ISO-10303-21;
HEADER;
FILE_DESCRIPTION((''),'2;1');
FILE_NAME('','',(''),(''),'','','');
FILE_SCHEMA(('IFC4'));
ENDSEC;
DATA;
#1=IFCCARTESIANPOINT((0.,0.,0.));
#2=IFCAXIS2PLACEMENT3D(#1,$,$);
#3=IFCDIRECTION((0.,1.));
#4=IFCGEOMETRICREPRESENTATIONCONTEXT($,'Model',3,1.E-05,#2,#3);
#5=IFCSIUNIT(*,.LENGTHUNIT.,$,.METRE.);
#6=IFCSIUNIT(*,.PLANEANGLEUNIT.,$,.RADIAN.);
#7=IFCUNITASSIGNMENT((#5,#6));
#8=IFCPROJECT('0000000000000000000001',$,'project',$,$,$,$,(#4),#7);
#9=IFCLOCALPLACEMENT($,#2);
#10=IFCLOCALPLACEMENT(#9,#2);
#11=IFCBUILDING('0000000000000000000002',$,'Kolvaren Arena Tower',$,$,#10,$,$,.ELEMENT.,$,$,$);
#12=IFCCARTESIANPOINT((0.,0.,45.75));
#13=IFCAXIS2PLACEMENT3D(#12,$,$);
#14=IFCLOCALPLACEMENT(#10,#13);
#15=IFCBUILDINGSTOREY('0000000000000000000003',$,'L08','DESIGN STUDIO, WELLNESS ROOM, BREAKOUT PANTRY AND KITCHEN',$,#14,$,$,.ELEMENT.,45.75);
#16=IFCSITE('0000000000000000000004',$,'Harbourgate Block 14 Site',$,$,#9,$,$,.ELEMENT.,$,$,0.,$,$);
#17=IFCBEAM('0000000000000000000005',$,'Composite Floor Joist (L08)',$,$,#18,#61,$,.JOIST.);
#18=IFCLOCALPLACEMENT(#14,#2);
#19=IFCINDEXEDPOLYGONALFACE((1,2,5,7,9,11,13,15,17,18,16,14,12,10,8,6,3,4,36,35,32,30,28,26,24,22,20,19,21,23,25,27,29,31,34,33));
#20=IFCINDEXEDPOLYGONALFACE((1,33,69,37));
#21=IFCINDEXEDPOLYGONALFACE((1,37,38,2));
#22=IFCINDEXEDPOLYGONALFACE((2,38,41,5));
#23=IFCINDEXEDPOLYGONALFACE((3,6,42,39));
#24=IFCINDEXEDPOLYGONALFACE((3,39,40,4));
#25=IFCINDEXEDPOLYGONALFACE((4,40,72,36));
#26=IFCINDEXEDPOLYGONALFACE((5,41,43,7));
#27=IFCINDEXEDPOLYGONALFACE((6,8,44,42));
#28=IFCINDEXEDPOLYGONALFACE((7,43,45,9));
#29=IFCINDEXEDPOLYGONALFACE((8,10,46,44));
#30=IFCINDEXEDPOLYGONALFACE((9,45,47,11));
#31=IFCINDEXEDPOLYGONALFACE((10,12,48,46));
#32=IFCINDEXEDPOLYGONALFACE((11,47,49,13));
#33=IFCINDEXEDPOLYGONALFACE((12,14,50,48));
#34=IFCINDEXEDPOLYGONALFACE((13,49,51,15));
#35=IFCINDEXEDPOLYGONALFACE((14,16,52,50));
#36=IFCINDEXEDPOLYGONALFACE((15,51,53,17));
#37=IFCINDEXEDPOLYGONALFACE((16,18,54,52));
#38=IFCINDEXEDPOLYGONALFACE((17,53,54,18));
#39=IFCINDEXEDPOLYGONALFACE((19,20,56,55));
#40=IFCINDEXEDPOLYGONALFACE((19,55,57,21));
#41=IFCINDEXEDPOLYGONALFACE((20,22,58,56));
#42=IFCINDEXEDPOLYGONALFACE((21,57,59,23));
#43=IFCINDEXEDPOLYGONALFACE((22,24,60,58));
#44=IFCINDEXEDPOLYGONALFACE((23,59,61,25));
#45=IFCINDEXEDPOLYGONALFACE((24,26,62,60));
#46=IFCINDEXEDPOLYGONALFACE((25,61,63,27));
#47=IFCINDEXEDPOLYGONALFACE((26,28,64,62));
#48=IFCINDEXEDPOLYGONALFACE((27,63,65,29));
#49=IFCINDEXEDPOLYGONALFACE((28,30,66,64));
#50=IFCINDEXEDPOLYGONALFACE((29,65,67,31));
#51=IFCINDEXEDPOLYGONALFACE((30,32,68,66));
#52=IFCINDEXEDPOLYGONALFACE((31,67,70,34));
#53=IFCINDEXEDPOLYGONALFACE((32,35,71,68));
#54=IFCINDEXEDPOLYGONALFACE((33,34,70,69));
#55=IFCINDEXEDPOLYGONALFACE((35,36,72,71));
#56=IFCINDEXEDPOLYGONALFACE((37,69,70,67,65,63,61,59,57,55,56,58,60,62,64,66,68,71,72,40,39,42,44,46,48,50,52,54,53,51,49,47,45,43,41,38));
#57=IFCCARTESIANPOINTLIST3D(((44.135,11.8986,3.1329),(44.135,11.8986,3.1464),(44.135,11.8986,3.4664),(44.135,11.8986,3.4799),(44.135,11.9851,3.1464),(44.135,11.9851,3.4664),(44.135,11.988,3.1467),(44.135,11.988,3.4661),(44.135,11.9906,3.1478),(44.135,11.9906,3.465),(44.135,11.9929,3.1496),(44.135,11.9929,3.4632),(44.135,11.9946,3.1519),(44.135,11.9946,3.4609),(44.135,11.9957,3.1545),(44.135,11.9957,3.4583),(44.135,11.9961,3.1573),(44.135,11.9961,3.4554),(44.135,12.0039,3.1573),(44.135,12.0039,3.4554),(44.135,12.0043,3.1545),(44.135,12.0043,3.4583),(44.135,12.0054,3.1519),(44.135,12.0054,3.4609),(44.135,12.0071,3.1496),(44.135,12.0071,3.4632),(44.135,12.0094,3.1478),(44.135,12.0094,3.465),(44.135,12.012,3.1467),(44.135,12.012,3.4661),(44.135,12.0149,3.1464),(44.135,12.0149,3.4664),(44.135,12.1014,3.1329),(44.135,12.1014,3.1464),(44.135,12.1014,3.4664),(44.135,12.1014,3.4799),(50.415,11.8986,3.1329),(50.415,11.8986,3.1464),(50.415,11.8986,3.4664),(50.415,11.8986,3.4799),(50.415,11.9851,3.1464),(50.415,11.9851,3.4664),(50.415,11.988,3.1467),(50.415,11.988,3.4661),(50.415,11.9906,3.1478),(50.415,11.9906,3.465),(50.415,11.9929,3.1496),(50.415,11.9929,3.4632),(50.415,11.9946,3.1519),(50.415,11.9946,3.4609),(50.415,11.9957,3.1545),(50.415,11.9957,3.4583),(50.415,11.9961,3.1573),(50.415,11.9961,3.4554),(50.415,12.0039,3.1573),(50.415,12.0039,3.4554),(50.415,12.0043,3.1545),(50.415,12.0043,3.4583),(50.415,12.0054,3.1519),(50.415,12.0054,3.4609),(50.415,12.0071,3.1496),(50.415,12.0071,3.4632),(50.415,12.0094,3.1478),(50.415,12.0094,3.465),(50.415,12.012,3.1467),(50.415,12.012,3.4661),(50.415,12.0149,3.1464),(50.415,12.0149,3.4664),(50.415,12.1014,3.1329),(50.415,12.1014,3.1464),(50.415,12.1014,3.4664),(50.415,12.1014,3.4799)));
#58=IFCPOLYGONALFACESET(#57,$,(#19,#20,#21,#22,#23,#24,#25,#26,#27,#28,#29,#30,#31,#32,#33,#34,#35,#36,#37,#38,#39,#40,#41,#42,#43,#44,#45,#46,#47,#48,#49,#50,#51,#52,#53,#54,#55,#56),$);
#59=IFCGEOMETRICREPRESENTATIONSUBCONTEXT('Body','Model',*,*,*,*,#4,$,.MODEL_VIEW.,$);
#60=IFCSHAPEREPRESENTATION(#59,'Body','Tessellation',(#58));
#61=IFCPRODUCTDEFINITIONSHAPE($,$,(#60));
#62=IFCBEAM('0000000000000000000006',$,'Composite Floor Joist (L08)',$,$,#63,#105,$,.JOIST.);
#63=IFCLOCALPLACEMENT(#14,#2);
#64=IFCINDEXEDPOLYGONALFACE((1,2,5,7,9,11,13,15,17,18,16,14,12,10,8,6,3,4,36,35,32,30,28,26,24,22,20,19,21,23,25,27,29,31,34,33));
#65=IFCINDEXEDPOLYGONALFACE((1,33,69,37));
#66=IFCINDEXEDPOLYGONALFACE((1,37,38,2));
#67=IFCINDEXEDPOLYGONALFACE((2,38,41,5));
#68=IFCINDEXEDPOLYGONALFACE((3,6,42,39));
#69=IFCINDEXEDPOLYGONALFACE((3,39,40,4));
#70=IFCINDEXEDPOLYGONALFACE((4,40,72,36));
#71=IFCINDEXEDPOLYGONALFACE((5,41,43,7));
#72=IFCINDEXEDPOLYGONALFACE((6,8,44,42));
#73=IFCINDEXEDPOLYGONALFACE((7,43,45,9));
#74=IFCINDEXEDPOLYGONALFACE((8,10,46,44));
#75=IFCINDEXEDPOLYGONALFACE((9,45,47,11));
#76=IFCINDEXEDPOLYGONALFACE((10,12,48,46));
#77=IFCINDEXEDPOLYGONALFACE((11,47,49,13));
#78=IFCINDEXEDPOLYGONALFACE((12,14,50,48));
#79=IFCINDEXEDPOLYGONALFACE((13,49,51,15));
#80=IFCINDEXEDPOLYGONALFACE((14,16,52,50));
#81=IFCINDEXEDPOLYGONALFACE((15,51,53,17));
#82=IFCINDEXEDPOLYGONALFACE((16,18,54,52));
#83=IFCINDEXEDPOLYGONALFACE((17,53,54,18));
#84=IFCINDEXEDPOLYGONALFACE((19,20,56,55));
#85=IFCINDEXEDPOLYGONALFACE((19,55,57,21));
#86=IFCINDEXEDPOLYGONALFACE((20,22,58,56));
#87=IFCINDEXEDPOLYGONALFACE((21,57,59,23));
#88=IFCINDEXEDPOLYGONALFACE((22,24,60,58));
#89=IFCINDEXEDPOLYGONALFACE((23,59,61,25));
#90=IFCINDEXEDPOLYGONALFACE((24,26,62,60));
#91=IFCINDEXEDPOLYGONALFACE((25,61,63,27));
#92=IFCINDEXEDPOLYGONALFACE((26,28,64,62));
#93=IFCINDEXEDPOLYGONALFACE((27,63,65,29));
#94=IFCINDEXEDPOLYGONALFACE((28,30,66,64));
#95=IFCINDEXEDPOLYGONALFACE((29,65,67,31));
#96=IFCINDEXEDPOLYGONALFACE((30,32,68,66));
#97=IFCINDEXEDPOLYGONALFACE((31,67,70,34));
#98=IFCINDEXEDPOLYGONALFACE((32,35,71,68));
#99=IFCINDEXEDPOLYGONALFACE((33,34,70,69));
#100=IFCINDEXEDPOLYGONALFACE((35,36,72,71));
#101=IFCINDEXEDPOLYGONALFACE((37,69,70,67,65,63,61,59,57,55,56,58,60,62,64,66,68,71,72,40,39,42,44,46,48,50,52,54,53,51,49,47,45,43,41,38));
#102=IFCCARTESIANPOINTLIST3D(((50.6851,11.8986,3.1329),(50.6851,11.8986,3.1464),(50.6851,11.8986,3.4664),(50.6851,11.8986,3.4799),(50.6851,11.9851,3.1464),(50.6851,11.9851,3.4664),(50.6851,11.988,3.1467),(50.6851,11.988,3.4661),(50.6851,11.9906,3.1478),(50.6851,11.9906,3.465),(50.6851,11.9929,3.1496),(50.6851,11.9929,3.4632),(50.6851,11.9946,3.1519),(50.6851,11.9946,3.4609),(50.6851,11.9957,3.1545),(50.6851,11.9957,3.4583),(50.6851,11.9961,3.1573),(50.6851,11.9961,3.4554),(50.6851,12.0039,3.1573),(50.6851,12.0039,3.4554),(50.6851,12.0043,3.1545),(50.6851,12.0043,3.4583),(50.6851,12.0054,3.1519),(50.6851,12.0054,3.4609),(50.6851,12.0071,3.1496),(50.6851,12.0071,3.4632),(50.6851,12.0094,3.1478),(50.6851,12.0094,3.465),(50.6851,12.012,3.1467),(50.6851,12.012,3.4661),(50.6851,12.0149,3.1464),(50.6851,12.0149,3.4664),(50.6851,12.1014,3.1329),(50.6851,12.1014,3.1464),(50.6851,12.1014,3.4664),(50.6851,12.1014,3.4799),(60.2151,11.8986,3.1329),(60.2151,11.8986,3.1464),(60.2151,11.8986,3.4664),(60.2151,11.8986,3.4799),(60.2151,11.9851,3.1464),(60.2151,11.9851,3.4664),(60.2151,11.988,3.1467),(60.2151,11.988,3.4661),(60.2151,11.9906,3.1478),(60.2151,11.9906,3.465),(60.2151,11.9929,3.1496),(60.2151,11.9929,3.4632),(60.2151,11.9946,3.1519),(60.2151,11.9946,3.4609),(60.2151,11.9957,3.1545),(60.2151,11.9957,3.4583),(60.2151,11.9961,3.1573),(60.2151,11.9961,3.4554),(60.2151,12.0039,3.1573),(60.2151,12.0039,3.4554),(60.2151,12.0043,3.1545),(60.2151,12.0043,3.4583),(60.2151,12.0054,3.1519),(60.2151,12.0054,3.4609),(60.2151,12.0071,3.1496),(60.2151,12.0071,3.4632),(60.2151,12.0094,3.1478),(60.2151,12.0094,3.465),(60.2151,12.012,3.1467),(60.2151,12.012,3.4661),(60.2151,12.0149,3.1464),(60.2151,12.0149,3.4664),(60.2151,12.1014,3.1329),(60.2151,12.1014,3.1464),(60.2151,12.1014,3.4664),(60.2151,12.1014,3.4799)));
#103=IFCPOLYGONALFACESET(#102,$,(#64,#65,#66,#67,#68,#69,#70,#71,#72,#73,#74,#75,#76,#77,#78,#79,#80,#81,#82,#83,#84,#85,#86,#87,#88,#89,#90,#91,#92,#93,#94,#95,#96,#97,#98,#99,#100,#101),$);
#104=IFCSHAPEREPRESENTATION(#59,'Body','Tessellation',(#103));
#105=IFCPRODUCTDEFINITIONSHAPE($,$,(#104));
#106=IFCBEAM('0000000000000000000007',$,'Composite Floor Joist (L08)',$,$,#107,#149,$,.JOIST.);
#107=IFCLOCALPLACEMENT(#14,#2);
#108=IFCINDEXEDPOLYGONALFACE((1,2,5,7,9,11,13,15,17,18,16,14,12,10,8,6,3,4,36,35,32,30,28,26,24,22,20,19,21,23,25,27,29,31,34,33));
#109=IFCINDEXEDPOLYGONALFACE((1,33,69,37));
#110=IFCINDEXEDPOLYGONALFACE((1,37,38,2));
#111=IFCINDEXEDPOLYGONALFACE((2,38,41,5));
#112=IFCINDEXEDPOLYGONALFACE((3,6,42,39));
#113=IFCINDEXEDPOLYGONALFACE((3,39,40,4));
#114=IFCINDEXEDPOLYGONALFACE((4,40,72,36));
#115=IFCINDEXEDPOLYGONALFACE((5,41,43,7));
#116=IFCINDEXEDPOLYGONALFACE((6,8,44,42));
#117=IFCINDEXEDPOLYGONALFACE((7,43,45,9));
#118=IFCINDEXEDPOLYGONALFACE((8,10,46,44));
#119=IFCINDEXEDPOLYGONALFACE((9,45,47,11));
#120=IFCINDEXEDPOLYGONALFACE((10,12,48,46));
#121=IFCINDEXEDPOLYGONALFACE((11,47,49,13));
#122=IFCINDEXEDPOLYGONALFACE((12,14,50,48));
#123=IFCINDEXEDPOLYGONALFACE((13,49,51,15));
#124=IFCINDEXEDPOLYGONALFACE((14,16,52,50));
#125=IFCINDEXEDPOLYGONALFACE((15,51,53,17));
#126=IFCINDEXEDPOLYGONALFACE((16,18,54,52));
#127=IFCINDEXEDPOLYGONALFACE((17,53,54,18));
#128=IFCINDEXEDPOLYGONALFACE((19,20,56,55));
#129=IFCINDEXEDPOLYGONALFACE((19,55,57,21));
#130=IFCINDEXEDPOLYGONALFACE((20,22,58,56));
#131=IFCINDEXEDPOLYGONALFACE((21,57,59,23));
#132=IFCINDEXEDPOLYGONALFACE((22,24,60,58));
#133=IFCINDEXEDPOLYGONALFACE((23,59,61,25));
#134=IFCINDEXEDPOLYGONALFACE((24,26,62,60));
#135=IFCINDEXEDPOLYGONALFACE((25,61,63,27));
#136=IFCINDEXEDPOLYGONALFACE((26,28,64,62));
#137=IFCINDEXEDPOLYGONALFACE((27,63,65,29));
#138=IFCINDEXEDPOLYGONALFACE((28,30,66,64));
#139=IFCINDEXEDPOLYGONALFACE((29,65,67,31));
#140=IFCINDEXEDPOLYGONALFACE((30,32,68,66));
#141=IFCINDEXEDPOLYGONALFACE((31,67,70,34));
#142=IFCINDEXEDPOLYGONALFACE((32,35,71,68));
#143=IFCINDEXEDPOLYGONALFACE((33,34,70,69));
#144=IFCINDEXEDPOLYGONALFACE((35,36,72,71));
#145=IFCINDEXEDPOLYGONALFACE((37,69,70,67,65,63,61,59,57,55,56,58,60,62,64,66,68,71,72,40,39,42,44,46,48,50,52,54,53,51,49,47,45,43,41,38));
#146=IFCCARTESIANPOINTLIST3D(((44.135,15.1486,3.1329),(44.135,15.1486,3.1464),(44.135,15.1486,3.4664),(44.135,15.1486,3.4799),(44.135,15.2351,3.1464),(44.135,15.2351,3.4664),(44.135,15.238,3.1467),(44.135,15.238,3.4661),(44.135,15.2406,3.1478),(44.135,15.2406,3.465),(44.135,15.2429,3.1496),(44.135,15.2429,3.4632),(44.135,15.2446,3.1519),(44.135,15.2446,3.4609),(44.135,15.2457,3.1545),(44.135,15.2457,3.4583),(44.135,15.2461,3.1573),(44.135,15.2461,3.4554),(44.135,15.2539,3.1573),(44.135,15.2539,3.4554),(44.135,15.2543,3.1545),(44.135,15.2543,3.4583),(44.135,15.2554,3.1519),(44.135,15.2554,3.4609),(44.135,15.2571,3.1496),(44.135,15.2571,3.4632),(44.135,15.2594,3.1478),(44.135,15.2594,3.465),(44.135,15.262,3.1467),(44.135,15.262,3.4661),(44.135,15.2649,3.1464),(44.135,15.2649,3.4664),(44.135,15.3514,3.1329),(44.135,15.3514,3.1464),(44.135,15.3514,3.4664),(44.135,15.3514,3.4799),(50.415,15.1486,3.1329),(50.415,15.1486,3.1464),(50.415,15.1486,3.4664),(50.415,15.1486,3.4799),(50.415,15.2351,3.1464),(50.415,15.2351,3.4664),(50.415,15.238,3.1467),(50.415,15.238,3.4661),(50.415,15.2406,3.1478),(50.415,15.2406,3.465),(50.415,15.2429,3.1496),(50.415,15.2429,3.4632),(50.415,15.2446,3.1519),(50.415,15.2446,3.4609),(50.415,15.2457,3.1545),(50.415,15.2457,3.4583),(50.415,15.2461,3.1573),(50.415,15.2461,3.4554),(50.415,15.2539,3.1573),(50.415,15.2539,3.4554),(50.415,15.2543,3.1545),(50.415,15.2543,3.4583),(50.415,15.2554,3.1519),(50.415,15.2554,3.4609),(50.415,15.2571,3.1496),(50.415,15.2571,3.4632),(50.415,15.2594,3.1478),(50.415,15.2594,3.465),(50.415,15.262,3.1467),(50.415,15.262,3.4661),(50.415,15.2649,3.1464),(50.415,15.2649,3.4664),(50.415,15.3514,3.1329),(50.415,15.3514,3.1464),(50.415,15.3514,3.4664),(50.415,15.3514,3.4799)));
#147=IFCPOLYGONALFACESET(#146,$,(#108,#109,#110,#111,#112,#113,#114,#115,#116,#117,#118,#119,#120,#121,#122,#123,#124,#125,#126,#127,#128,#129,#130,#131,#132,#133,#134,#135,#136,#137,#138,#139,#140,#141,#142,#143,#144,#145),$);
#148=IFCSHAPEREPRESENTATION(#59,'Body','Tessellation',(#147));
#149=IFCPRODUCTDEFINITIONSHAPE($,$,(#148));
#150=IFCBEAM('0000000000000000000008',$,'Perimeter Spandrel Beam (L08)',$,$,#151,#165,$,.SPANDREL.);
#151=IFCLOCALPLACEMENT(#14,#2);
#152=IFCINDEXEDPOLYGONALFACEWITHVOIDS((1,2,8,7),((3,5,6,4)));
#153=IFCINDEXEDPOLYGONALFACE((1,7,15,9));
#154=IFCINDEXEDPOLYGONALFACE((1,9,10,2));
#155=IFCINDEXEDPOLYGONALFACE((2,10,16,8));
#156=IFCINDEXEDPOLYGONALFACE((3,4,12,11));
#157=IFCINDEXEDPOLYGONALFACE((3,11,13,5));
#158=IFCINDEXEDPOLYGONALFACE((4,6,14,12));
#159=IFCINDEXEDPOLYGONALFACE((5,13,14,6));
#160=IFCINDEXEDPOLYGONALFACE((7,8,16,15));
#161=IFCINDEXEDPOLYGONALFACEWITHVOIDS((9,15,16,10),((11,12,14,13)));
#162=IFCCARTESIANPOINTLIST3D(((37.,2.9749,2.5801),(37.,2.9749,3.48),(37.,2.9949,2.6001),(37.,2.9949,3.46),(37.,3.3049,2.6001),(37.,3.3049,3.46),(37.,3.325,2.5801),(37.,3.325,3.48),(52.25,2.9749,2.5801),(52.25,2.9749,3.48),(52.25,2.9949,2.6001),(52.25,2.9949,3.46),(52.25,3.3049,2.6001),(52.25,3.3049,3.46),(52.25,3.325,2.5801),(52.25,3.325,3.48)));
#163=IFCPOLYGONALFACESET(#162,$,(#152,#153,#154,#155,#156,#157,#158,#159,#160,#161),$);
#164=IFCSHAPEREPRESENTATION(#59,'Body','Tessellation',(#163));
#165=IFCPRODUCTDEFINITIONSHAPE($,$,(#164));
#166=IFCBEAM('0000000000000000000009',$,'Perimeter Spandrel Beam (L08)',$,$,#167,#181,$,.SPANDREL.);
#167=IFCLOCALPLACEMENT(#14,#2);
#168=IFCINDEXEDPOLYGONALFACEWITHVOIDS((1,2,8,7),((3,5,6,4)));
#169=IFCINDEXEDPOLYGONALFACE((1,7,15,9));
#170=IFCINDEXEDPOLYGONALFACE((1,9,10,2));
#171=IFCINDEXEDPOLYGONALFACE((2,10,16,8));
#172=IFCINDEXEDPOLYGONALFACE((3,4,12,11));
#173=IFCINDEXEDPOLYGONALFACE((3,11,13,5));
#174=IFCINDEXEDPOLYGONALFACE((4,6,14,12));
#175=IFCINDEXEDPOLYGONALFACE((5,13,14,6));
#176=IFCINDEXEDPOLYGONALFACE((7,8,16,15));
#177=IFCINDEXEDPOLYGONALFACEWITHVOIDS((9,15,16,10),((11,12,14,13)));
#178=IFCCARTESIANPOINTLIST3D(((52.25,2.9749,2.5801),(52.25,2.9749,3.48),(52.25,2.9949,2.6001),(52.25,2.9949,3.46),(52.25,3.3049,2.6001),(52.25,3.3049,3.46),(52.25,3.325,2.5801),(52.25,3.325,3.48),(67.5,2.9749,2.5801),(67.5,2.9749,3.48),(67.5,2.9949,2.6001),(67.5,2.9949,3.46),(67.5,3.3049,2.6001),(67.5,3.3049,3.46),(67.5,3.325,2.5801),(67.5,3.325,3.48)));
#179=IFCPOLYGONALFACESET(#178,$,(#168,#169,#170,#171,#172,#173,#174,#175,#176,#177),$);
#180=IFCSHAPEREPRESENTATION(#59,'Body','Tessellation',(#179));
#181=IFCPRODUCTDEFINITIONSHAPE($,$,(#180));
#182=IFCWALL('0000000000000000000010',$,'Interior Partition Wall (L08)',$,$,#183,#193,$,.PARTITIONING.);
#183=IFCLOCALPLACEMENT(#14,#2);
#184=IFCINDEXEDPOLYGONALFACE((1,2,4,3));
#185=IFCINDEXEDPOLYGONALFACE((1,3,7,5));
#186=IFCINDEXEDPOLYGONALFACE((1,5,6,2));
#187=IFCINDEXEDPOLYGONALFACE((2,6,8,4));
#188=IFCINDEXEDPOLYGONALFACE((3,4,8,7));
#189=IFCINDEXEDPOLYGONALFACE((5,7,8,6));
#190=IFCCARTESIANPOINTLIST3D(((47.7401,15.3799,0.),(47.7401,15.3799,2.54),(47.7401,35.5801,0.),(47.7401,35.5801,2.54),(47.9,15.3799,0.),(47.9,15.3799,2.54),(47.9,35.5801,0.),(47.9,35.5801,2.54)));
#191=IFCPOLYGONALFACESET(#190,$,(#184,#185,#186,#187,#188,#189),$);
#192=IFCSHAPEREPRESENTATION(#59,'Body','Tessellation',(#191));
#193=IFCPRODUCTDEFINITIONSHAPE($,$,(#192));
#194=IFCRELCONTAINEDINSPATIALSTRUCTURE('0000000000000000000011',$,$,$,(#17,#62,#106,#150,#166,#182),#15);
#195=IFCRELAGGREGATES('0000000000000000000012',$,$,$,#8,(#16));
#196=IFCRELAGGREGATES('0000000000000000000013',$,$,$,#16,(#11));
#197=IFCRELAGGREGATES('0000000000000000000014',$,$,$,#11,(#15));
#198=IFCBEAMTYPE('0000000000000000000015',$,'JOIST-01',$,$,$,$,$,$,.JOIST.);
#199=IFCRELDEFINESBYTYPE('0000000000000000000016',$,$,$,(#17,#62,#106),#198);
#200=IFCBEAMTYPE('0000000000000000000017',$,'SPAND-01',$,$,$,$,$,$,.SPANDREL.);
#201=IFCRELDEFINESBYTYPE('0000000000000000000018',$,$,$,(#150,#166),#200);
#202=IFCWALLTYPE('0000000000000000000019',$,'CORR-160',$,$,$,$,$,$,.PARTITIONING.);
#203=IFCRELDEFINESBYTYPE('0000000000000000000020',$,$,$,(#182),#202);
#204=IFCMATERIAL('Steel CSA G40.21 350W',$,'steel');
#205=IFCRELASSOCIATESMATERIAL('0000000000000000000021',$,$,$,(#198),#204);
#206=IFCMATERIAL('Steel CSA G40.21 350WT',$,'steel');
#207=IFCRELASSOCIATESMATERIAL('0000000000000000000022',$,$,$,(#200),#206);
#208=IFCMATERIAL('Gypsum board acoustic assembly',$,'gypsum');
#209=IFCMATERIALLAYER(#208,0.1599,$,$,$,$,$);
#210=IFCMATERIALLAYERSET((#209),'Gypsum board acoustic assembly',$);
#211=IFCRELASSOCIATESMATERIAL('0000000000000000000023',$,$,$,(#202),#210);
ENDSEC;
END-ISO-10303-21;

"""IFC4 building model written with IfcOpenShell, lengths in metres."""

from ifc_helpers import new_model, si_unit, direction, frame, frame_2d, origin, origin_2d, place, context, subcontext, project, spatial, rectangle, hollow_rectangle, i_section, extrude, material, layer, layer_set, material_profile, profile_set, type_object, element, save


model = new_model("IFC4")

# Units and contexts
model_context = context("Model", 3, precision=1e-05, world=origin(), true_north=direction((0.0, 1.0)))
body_context = subcontext(model_context, "Body", "Model", "MODEL_VIEW")
ifc_project = project(units=[si_unit("LENGTHUNIT", "METRE"), si_unit("PLANEANGLEUNIT", "RADIAN")], contexts=[model_context])

# Site, building, storey
site_placement = place(None, origin())
site = spatial("IfcSite", under=ifc_project, at=site_placement, Name="Harbourgate Block 14 Site", CompositionType="ELEMENT", RefElevation=0.0)
building_placement = place(site_placement, origin())
building = spatial("IfcBuilding", under=site, at=building_placement, Name="Kolvaren Arena Tower", CompositionType="ELEMENT")
storey_placement = place(building_placement, frame((0.0, 0.0, 45.75)))
storey = spatial("IfcBuildingStorey", under=building, at=storey_placement, Name="L08", Description="DESIGN STUDIO, WELLNESS ROOM, BREAKOUT PANTRY AND KITCHEN", CompositionType="ELEMENT", Elevation=45.75)

# Beams
ifc_material_1 = material(Name="Steel CSA G40.21 350W", Category="steel")
ifc_material_profile_1 = material_profile(ifc_material_1, i_section(OverallWidth=0.2029, OverallDepth=0.3469, WebThickness=0.0078, FlangeThickness=0.0134, FilletRadius=0.011, at=origin_2d()), Name="W360x64")
ifc_profile_set_1 = profile_set([ifc_material_profile_1], Name="Steel CSA G40.21 350W")
beam_type_1 = type_object("IfcBeamType", Name="JOIST-01", PredefinedType="JOIST", material=ifc_profile_set_1)
beam_1_placement = place(storey_placement, frame((44.135, 12.0, 3.3064), z_axis=(1.0, 0.0, 0.0), x_axis=(0.0, 1.0, 0.0)))
element("IfcBeam", 1, at=beam_1_placement, inside=storey, type_object=beam_type_1, Name="Composite Floor Joist (L08)", PredefinedType="JOIST", context=body_context, shape_type="SweptSolid", body=[
    extrude(i_section(OverallWidth=0.2029, OverallDepth=0.3469, WebThickness=0.0078, FlangeThickness=0.0134, FilletRadius=0.011, at=origin_2d()), origin(), (0.0, 0.0, 1.0), 6.28),
])
beam_2_placement = place(storey_placement, frame((50.6851, 12.0, 3.3064), z_axis=(1.0, 0.0, 0.0), x_axis=(0.0, 1.0, 0.0)))
element("IfcBeam", 2, at=beam_2_placement, inside=storey, type_object=beam_type_1, Name="Composite Floor Joist (L08)", PredefinedType="JOIST", context=body_context, shape_type="SweptSolid", body=[
    extrude(i_section(OverallWidth=0.2029, OverallDepth=0.3469, WebThickness=0.0078, FlangeThickness=0.0134, FilletRadius=0.011, at=origin_2d()), origin(), (0.0, 0.0, 1.0), 9.53),
])
beam_3_placement = place(storey_placement, frame((44.135, 15.25, 3.3064), z_axis=(1.0, 0.0, 0.0), x_axis=(0.0, 1.0, 0.0)))
element("IfcBeam", 3, at=beam_3_placement, inside=storey, type_object=beam_type_1, Name="Composite Floor Joist (L08)", PredefinedType="JOIST", context=body_context, shape_type="SweptSolid", body=[
    extrude(i_section(OverallWidth=0.2029, OverallDepth=0.3469, WebThickness=0.0078, FlangeThickness=0.0134, FilletRadius=0.011, at=origin_2d()), origin(), (0.0, 0.0, 1.0), 6.28),
])
ifc_material_2 = material(Name="Steel CSA G40.21 350WT", Category="steel")
ifc_material_profile_2 = material_profile(ifc_material_2, hollow_rectangle(XDim=0.3501, YDim=0.8999, WallThickness=0.02, at=origin_2d()), Name="HSS 900x350x20")
ifc_profile_set_2 = profile_set([ifc_material_profile_2], Name="Steel CSA G40.21 350WT")
beam_type_2 = type_object("IfcBeamType", Name="SPAND-01", PredefinedType="SPANDREL", material=ifc_profile_set_2)
for number, where, z_axis, x_axis, name in (
    (4, (37.0, 3.1499, 3.03), (1.0, 0.0, 0.0), (0.0, 1.0, 0.0), "Perimeter Spandrel Beam (L08)"),
    (5, (52.25, 3.1499, 3.03), (1.0, 0.0, 0.0), (0.0, 1.0, 0.0), "Perimeter Spandrel Beam (L08)"),
):
    element("IfcBeam", number, at=place(storey_placement, frame(where, z_axis=z_axis, x_axis=x_axis)), inside=storey, type_object=beam_type_2, Name=name, PredefinedType="SPANDREL", context=body_context, shape_type="SweptSolid", body=[
        extrude(hollow_rectangle(XDim=0.3501, YDim=0.8999, WallThickness=0.02, at=origin_2d()), origin(), (0.0, 0.0, 1.0), 15.25),
    ])

# Wall
ifc_material_3 = material(Name="Gypsum board acoustic assembly", Category="gypsum")
ifc_layer_1 = layer(ifc_material_3, 0.1599)
ifc_layer_set_1 = layer_set([ifc_layer_1], Name="Gypsum board acoustic assembly")
wall_type_1 = type_object("IfcWallType", Name="CORR-160", PredefinedType="PARTITIONING", material=ifc_layer_set_1)
wall_1_placement = place(storey_placement, frame((47.8201, 15.3799, 0.0), z_axis=(0.0, 0.0, 1.0), x_axis=(0.0, 1.0, 0.0)))
element("IfcWall", 6, at=wall_1_placement, inside=storey, type_object=wall_type_1, Name="Interior Partition Wall (L08)", PredefinedType="PARTITIONING", context=body_context, shape_type="SweptSolid", body=[
    extrude(rectangle(XDim=20.2002, YDim=0.1599, at=frame_2d((10.1001, 0.0))), origin(), (0.0, 0.0, 1.0), 2.54),
])

save(model, "model.ifc")
